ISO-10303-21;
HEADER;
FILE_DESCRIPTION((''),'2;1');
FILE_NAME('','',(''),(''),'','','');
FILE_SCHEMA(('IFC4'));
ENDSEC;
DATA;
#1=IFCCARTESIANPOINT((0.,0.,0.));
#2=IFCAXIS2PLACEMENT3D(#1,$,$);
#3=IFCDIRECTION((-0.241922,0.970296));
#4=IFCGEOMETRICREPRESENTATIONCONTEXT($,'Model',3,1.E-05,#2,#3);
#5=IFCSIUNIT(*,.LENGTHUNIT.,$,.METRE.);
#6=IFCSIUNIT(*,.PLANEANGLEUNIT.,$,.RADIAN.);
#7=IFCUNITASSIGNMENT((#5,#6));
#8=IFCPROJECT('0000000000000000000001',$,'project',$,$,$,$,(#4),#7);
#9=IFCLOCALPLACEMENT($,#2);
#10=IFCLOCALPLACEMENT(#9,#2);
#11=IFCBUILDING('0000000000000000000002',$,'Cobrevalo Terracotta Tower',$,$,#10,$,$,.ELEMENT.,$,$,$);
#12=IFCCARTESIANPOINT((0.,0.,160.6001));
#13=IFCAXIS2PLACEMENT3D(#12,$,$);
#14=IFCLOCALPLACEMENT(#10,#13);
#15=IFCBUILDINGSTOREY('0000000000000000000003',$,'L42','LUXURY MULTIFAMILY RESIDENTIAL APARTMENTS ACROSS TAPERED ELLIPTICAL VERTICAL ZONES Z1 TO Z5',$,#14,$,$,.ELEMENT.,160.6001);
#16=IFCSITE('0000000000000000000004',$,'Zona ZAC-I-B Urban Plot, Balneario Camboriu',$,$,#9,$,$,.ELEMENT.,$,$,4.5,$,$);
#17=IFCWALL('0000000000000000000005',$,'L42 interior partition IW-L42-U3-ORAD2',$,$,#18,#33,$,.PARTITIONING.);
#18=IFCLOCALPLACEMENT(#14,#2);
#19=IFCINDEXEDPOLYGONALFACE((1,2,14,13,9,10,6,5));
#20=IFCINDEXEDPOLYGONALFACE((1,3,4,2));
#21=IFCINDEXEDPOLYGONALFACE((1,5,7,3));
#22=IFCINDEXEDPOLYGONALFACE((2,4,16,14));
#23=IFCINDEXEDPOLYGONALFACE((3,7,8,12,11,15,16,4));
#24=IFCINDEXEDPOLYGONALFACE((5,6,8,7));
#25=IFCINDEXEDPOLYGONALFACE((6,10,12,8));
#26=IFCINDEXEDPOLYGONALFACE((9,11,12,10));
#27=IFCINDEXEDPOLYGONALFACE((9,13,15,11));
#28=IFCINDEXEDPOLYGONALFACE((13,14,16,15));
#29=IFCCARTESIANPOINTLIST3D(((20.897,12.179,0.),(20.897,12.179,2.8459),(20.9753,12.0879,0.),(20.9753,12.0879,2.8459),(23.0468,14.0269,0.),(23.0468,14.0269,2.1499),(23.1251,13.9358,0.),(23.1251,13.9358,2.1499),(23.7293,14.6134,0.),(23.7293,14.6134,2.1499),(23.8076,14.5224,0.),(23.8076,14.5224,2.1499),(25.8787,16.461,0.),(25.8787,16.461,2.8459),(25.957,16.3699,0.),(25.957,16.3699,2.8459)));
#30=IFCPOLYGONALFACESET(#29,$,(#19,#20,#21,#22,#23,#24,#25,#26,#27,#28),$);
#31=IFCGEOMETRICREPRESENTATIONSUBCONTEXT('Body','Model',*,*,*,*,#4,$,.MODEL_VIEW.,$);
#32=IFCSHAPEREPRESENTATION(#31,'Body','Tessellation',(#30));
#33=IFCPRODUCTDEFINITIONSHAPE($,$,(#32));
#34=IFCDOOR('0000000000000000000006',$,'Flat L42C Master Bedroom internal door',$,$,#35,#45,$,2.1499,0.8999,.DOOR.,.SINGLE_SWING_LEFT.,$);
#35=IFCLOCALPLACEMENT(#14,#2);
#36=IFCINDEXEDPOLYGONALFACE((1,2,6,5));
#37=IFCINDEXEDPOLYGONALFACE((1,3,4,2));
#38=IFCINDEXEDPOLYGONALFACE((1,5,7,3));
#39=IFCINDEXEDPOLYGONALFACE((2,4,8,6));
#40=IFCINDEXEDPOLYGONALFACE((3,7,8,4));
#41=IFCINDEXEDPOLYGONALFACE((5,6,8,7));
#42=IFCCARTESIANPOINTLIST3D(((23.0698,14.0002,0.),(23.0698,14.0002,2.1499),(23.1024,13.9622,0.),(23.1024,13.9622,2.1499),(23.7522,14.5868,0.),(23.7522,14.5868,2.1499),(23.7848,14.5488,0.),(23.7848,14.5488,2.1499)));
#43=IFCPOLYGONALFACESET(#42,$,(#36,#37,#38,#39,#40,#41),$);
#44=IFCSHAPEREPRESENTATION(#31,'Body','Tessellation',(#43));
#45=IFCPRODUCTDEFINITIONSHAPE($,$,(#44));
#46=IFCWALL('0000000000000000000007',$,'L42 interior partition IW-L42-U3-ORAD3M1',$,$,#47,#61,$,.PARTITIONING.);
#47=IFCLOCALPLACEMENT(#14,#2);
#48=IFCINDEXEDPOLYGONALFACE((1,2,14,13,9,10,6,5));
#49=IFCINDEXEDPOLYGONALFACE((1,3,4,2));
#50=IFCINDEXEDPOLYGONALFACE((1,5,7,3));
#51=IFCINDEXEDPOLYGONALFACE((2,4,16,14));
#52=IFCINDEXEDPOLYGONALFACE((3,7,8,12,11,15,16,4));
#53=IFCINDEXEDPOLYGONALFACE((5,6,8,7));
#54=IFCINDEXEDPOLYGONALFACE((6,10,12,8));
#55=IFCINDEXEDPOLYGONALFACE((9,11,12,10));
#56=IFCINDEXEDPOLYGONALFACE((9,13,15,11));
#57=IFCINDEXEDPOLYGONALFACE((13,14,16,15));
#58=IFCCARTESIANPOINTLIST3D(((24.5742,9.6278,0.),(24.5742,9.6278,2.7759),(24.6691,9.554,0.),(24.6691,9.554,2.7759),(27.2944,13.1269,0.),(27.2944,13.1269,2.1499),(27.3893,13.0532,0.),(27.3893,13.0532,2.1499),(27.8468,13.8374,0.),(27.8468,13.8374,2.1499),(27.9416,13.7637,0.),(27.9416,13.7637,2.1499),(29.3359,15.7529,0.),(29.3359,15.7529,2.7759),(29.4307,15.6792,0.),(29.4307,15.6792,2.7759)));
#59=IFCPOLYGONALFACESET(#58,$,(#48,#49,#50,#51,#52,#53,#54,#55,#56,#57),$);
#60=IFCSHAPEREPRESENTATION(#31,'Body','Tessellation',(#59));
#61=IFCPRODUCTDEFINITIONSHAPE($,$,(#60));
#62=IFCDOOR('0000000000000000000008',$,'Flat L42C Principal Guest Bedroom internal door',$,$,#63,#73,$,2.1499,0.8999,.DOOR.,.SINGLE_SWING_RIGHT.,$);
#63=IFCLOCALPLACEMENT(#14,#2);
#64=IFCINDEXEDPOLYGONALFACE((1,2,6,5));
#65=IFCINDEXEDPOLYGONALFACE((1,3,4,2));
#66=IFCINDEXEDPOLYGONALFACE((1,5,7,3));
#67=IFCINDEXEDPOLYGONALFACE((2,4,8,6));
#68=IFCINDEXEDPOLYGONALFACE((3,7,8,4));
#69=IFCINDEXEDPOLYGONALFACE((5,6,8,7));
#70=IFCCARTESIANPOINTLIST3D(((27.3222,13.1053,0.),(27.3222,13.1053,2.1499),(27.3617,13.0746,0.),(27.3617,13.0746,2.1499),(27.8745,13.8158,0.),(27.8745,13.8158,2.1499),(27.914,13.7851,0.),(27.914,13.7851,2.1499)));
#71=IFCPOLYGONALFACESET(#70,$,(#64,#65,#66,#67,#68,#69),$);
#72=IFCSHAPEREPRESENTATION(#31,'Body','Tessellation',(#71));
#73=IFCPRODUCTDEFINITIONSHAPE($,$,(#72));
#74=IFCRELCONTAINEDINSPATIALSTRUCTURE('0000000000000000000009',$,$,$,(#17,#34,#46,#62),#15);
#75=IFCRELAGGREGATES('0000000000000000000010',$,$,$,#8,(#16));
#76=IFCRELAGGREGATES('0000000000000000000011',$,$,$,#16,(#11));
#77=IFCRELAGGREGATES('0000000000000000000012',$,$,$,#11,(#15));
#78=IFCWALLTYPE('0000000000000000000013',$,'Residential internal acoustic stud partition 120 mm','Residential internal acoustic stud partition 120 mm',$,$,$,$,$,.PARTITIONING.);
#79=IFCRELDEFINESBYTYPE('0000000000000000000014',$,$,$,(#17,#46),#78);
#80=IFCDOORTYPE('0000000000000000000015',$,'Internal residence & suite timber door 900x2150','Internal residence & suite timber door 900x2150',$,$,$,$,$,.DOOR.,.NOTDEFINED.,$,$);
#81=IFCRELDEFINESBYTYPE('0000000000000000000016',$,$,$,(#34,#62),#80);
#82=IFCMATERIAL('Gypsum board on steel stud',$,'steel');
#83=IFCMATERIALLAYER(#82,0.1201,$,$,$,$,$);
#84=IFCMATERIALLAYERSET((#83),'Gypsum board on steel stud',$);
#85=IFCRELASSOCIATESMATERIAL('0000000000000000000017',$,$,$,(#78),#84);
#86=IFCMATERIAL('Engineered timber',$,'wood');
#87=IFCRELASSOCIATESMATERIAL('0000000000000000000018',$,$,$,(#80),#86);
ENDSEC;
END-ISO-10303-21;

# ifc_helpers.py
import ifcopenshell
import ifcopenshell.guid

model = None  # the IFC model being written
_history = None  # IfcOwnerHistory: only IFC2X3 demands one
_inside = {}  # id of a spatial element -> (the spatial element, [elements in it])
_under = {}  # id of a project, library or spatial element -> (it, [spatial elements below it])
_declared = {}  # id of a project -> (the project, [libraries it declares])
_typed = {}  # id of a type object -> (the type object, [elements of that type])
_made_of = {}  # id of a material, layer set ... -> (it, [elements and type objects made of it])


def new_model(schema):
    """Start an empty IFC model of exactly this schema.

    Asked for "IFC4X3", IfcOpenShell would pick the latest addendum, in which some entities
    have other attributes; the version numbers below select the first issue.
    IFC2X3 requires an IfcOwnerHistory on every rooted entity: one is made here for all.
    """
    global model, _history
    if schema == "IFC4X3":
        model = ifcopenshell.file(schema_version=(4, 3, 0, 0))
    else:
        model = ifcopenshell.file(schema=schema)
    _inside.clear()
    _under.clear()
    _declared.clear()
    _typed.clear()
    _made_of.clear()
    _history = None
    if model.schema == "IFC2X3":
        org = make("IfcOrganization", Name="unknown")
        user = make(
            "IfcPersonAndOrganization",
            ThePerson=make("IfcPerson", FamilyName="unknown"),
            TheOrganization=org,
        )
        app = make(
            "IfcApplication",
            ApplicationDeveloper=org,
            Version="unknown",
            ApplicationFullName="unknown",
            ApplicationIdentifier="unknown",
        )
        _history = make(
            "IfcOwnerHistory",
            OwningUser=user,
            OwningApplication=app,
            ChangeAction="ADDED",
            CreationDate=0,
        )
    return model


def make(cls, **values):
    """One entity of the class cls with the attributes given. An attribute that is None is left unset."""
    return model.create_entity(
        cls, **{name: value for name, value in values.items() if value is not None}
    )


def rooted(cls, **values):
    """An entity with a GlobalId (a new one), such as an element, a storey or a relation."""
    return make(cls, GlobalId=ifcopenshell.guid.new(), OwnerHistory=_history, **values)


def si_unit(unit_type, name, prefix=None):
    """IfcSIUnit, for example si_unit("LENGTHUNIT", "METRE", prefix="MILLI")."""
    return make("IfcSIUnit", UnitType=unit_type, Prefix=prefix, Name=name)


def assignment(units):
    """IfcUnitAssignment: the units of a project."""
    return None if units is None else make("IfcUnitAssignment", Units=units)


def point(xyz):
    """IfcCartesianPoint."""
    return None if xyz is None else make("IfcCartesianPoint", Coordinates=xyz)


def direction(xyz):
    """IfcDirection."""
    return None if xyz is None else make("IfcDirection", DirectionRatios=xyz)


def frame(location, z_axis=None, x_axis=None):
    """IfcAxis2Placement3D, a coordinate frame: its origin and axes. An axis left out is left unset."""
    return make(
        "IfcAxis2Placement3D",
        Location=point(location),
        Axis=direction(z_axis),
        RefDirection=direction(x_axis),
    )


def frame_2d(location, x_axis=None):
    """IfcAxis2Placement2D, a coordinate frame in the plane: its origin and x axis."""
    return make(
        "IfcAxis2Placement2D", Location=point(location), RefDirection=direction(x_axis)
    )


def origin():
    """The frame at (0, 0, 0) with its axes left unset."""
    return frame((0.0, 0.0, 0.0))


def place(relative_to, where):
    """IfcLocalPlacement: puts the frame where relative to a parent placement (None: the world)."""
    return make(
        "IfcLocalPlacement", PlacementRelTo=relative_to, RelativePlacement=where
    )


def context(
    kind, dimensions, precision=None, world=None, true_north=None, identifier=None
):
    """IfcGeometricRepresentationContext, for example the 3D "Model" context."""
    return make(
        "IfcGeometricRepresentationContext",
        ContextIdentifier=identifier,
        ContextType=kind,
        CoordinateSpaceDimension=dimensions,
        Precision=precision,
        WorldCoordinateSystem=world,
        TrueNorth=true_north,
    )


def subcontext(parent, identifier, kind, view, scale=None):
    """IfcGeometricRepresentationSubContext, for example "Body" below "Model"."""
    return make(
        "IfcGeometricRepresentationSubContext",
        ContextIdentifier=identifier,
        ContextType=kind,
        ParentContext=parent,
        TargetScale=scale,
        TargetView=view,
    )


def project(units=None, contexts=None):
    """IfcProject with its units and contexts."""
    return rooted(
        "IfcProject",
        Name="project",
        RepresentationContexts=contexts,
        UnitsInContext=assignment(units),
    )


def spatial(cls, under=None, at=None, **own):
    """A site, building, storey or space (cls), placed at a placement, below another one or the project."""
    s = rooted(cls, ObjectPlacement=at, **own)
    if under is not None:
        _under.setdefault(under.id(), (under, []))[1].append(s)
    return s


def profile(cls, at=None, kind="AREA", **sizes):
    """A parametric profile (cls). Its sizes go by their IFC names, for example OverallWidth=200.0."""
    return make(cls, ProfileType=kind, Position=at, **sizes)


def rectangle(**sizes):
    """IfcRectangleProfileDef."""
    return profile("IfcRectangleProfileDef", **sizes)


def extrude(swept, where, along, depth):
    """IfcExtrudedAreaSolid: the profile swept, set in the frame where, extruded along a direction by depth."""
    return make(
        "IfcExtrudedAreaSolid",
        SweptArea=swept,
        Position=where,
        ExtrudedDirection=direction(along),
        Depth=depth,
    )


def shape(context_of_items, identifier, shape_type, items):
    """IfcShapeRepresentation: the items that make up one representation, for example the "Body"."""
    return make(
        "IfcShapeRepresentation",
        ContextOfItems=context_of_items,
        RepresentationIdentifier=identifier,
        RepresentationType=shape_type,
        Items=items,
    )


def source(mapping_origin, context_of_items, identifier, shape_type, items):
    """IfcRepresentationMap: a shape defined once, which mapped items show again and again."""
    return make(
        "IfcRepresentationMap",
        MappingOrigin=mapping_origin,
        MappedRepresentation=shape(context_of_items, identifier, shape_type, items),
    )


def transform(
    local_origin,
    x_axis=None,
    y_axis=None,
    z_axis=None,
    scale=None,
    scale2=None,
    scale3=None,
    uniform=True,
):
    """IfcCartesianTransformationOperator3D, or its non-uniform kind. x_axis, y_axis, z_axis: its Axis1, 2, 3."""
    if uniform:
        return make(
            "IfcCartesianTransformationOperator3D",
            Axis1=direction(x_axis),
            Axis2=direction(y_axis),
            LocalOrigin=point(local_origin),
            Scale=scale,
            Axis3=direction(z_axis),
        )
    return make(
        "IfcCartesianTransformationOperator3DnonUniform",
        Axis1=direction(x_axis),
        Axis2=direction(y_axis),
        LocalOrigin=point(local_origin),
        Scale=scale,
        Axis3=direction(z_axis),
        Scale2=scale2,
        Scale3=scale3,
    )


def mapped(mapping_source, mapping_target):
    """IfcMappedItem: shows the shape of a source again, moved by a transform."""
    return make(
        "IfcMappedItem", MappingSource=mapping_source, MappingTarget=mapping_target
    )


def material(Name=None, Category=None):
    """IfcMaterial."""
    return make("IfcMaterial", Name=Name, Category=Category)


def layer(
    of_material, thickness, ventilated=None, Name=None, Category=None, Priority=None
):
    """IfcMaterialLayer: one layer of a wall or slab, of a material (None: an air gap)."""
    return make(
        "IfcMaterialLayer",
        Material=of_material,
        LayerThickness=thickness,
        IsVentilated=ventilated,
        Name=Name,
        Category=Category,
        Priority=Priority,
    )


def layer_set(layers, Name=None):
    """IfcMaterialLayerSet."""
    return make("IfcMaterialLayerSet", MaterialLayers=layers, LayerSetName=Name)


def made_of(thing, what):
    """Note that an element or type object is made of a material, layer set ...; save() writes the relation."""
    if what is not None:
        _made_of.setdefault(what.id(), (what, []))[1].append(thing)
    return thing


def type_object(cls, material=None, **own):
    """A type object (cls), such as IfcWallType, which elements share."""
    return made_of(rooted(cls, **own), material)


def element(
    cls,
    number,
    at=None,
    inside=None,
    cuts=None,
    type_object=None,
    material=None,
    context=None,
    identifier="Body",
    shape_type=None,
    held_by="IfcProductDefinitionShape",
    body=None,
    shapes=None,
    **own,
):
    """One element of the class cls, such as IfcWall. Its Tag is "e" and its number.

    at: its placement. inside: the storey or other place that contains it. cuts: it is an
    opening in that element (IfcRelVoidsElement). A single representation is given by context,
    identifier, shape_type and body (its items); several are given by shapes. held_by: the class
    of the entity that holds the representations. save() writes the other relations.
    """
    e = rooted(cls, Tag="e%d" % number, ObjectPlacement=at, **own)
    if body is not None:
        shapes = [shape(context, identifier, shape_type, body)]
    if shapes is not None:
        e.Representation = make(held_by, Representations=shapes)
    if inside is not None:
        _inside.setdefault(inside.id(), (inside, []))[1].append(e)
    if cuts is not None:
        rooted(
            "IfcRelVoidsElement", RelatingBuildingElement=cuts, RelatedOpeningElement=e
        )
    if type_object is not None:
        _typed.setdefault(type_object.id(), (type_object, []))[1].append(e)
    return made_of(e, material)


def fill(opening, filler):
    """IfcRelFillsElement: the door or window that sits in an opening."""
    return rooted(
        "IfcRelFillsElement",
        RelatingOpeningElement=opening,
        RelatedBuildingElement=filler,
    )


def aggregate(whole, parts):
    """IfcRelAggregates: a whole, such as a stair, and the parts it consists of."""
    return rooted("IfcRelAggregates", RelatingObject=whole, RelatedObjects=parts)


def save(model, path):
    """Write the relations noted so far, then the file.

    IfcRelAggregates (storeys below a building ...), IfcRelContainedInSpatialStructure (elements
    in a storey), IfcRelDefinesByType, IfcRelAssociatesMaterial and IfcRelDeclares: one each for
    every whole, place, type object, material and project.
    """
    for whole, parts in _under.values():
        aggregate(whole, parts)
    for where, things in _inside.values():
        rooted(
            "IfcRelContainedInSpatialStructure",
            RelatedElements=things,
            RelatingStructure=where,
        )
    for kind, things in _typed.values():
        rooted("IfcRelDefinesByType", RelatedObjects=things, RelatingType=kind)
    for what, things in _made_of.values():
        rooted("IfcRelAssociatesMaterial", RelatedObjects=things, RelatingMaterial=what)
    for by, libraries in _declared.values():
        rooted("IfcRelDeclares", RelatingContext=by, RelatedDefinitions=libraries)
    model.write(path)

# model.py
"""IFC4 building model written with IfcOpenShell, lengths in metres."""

from ifc_helpers import new_model, si_unit, direction, frame, frame_2d, origin, place, context, subcontext, project, spatial, rectangle, extrude, source, transform, mapped, material, layer, layer_set, type_object, element, fill, save


model = new_model("IFC4")

# Units and contexts
model_context = context("Model", 3, precision=1e-05, world=origin(), true_north=direction((-0.241922, 0.970296)))
body_context = subcontext(model_context, "Body", "Model", "MODEL_VIEW")
ifc_project = project(units=[si_unit("LENGTHUNIT", "METRE"), si_unit("PLANEANGLEUNIT", "RADIAN")], contexts=[model_context])

# Site, building, storey
site_placement = place(None, origin())
site = spatial("IfcSite", under=ifc_project, at=site_placement, Name="Zona ZAC-I-B Urban Plot, Balneario Camboriu", CompositionType="ELEMENT", RefElevation=4.5)
building_placement = place(site_placement, origin())
building = spatial("IfcBuilding", under=site, at=building_placement, Name="Cobrevalo Terracotta Tower", CompositionType="ELEMENT")
storey_placement = place(building_placement, frame((0.0, 0.0, 160.6001)))
storey = spatial("IfcBuildingStorey", under=building, at=storey_placement, Name="L42", Description="LUXURY MULTIFAMILY RESIDENTIAL APARTMENTS ACROSS TAPERED ELLIPTICAL VERTICAL ZONES Z1 TO Z5", CompositionType="ELEMENT", Elevation=160.6001)

# Shared definitions
ifc_material_1 = material(Name="Gypsum board on steel stud", Category="steel")

# Shared definitions
ifc_layer_1 = layer(ifc_material_1, 0.1201)
ifc_layer_set_1 = layer_set([ifc_layer_1], Name="Gypsum board on steel stud")
wall_type_1 = type_object("IfcWallType", Name="Residential internal acoustic stud partition 120 mm", Description="Residential internal acoustic stud partition 120 mm", PredefinedType="PARTITIONING", material=ifc_layer_set_1)

# Walls, openings, doors
ifc_material_2 = material(Name="Engineered timber", Category="wood")
door_type_1 = type_object("IfcDoorType", Name="Internal residence & suite timber door 900x2150", Description="Internal residence & suite timber door 900x2150", OperationType="NOTDEFINED", PredefinedType="DOOR", material=ifc_material_2)
shared_shape_1 = source(origin(), body_context, "Body", "SweptSolid", [
    extrude(rectangle(XDim=0.8999, YDim=2.1499, at=frame_2d((0.45, 1.075))), frame((0.0, 0.0249, 0.0), z_axis=(0.0, -1.0, 0.0), x_axis=(1.0, 0.0, 0.0)), (0.0, 0.0, 1.0), 0.05),
])
wall_1_placement = place(storey_placement, frame((25.918, 16.4155, 0.0), z_axis=(0.0, 0.0, 1.0), x_axis=(-0.758356, -0.651841, 0.0)))
wall_1 = element("IfcWall", 1, at=wall_1_placement, inside=storey, type_object=wall_type_1, Name="L42 interior partition IW-L42-U3-ORAD2", PredefinedType="PARTITIONING", context=body_context, shape_type="SweptSolid", body=[
    extrude(rectangle(XDim=6.5691, YDim=0.1201, at=frame_2d((3.2847, 0.0))), origin(), (0.0, 0.0, 1.0), 2.8459),
])
opening_1_placement = place(wall_1_placement, frame((2.8345, 0.0, 0.0)))
opening_1 = element("IfcOpeningElement", 2, at=opening_1_placement, cuts=wall_1, PredefinedType="OPENING", context=body_context, shape_type="SweptSolid", body=[
    extrude(rectangle(XDim=0.8999, YDim=2.1499, at=frame_2d((0.45, 1.075))), frame((0.0, 0.0701, 0.0), z_axis=(0.0, -1.0, 0.0), x_axis=(1.0, 0.0, 0.0)), (0.0, 0.0, 1.0), 0.1401),
])
door_1_placement = place(opening_1_placement, frame((0.8999, 0.0, 0.0), z_axis=(0.0, 0.0, 1.0), x_axis=(-1.0, 0.0, 0.0)))
door_1 = element("IfcDoor", 3, at=door_1_placement, inside=storey, type_object=door_type_1, Name="Flat L42C Master Bedroom internal door", OperationType="SINGLE_SWING_LEFT", OverallHeight=2.1499, OverallWidth=0.8999, PredefinedType="DOOR", context=body_context, shape_type="MappedRepresentation", body=[
    mapped(shared_shape_1, transform((0.0, 0.0, 0.0), scale=1.0)),
])
fill(opening_1, door_1)
wall_2_placement = place(storey_placement, frame((29.3833, 15.7161, 0.0), z_axis=(0.0, 0.0, 1.0), x_axis=(-0.613751, -0.7895, 0.0)))
wall_2 = element("IfcWall", 4, at=wall_2_placement, inside=storey, type_object=wall_type_1, Name="L42 interior partition IW-L42-U3-ORAD3M1", PredefinedType="PARTITIONING", context=body_context, shape_type="SweptSolid", body=[
    extrude(rectangle(XDim=7.7583, YDim=0.1201, at=frame_2d((3.8792, 0.0))), origin(), (0.0, 0.0, 1.0), 2.7759),
])
opening_2_placement = place(wall_2_placement, frame((2.4263, 0.0, 0.0)))
opening_2 = element("IfcOpeningElement", 5, at=opening_2_placement, cuts=wall_2, PredefinedType="OPENING", context=body_context, shape_type="SweptSolid", body=[
    extrude(rectangle(XDim=0.8999, YDim=2.1499, at=frame_2d((0.45, 1.075))), frame((0.0, 0.0701, 0.0), z_axis=(0.0, -1.0, 0.0), x_axis=(1.0, 0.0, 0.0)), (0.0, 0.0, 1.0), 0.1401),
])
door_2_placement = place(opening_2_placement, frame((0.8999, 0.0, 0.0), z_axis=(0.0, 0.0, 1.0), x_axis=(-1.0, 0.0, 0.0)))
door_2 = element("IfcDoor", 6, at=door_2_placement, inside=storey, type_object=door_type_1, Name="Flat L42C Principal Guest Bedroom internal door", OperationType="SINGLE_SWING_RIGHT", OverallHeight=2.1499, OverallWidth=0.8999, PredefinedType="DOOR", context=body_context, shape_type="MappedRepresentation", body=[
    mapped(shared_shape_1, transform((0.0, 0.0, 0.0), scale=1.0)),
])
fill(opening_2, door_2)

save(model, "model.ifc")
